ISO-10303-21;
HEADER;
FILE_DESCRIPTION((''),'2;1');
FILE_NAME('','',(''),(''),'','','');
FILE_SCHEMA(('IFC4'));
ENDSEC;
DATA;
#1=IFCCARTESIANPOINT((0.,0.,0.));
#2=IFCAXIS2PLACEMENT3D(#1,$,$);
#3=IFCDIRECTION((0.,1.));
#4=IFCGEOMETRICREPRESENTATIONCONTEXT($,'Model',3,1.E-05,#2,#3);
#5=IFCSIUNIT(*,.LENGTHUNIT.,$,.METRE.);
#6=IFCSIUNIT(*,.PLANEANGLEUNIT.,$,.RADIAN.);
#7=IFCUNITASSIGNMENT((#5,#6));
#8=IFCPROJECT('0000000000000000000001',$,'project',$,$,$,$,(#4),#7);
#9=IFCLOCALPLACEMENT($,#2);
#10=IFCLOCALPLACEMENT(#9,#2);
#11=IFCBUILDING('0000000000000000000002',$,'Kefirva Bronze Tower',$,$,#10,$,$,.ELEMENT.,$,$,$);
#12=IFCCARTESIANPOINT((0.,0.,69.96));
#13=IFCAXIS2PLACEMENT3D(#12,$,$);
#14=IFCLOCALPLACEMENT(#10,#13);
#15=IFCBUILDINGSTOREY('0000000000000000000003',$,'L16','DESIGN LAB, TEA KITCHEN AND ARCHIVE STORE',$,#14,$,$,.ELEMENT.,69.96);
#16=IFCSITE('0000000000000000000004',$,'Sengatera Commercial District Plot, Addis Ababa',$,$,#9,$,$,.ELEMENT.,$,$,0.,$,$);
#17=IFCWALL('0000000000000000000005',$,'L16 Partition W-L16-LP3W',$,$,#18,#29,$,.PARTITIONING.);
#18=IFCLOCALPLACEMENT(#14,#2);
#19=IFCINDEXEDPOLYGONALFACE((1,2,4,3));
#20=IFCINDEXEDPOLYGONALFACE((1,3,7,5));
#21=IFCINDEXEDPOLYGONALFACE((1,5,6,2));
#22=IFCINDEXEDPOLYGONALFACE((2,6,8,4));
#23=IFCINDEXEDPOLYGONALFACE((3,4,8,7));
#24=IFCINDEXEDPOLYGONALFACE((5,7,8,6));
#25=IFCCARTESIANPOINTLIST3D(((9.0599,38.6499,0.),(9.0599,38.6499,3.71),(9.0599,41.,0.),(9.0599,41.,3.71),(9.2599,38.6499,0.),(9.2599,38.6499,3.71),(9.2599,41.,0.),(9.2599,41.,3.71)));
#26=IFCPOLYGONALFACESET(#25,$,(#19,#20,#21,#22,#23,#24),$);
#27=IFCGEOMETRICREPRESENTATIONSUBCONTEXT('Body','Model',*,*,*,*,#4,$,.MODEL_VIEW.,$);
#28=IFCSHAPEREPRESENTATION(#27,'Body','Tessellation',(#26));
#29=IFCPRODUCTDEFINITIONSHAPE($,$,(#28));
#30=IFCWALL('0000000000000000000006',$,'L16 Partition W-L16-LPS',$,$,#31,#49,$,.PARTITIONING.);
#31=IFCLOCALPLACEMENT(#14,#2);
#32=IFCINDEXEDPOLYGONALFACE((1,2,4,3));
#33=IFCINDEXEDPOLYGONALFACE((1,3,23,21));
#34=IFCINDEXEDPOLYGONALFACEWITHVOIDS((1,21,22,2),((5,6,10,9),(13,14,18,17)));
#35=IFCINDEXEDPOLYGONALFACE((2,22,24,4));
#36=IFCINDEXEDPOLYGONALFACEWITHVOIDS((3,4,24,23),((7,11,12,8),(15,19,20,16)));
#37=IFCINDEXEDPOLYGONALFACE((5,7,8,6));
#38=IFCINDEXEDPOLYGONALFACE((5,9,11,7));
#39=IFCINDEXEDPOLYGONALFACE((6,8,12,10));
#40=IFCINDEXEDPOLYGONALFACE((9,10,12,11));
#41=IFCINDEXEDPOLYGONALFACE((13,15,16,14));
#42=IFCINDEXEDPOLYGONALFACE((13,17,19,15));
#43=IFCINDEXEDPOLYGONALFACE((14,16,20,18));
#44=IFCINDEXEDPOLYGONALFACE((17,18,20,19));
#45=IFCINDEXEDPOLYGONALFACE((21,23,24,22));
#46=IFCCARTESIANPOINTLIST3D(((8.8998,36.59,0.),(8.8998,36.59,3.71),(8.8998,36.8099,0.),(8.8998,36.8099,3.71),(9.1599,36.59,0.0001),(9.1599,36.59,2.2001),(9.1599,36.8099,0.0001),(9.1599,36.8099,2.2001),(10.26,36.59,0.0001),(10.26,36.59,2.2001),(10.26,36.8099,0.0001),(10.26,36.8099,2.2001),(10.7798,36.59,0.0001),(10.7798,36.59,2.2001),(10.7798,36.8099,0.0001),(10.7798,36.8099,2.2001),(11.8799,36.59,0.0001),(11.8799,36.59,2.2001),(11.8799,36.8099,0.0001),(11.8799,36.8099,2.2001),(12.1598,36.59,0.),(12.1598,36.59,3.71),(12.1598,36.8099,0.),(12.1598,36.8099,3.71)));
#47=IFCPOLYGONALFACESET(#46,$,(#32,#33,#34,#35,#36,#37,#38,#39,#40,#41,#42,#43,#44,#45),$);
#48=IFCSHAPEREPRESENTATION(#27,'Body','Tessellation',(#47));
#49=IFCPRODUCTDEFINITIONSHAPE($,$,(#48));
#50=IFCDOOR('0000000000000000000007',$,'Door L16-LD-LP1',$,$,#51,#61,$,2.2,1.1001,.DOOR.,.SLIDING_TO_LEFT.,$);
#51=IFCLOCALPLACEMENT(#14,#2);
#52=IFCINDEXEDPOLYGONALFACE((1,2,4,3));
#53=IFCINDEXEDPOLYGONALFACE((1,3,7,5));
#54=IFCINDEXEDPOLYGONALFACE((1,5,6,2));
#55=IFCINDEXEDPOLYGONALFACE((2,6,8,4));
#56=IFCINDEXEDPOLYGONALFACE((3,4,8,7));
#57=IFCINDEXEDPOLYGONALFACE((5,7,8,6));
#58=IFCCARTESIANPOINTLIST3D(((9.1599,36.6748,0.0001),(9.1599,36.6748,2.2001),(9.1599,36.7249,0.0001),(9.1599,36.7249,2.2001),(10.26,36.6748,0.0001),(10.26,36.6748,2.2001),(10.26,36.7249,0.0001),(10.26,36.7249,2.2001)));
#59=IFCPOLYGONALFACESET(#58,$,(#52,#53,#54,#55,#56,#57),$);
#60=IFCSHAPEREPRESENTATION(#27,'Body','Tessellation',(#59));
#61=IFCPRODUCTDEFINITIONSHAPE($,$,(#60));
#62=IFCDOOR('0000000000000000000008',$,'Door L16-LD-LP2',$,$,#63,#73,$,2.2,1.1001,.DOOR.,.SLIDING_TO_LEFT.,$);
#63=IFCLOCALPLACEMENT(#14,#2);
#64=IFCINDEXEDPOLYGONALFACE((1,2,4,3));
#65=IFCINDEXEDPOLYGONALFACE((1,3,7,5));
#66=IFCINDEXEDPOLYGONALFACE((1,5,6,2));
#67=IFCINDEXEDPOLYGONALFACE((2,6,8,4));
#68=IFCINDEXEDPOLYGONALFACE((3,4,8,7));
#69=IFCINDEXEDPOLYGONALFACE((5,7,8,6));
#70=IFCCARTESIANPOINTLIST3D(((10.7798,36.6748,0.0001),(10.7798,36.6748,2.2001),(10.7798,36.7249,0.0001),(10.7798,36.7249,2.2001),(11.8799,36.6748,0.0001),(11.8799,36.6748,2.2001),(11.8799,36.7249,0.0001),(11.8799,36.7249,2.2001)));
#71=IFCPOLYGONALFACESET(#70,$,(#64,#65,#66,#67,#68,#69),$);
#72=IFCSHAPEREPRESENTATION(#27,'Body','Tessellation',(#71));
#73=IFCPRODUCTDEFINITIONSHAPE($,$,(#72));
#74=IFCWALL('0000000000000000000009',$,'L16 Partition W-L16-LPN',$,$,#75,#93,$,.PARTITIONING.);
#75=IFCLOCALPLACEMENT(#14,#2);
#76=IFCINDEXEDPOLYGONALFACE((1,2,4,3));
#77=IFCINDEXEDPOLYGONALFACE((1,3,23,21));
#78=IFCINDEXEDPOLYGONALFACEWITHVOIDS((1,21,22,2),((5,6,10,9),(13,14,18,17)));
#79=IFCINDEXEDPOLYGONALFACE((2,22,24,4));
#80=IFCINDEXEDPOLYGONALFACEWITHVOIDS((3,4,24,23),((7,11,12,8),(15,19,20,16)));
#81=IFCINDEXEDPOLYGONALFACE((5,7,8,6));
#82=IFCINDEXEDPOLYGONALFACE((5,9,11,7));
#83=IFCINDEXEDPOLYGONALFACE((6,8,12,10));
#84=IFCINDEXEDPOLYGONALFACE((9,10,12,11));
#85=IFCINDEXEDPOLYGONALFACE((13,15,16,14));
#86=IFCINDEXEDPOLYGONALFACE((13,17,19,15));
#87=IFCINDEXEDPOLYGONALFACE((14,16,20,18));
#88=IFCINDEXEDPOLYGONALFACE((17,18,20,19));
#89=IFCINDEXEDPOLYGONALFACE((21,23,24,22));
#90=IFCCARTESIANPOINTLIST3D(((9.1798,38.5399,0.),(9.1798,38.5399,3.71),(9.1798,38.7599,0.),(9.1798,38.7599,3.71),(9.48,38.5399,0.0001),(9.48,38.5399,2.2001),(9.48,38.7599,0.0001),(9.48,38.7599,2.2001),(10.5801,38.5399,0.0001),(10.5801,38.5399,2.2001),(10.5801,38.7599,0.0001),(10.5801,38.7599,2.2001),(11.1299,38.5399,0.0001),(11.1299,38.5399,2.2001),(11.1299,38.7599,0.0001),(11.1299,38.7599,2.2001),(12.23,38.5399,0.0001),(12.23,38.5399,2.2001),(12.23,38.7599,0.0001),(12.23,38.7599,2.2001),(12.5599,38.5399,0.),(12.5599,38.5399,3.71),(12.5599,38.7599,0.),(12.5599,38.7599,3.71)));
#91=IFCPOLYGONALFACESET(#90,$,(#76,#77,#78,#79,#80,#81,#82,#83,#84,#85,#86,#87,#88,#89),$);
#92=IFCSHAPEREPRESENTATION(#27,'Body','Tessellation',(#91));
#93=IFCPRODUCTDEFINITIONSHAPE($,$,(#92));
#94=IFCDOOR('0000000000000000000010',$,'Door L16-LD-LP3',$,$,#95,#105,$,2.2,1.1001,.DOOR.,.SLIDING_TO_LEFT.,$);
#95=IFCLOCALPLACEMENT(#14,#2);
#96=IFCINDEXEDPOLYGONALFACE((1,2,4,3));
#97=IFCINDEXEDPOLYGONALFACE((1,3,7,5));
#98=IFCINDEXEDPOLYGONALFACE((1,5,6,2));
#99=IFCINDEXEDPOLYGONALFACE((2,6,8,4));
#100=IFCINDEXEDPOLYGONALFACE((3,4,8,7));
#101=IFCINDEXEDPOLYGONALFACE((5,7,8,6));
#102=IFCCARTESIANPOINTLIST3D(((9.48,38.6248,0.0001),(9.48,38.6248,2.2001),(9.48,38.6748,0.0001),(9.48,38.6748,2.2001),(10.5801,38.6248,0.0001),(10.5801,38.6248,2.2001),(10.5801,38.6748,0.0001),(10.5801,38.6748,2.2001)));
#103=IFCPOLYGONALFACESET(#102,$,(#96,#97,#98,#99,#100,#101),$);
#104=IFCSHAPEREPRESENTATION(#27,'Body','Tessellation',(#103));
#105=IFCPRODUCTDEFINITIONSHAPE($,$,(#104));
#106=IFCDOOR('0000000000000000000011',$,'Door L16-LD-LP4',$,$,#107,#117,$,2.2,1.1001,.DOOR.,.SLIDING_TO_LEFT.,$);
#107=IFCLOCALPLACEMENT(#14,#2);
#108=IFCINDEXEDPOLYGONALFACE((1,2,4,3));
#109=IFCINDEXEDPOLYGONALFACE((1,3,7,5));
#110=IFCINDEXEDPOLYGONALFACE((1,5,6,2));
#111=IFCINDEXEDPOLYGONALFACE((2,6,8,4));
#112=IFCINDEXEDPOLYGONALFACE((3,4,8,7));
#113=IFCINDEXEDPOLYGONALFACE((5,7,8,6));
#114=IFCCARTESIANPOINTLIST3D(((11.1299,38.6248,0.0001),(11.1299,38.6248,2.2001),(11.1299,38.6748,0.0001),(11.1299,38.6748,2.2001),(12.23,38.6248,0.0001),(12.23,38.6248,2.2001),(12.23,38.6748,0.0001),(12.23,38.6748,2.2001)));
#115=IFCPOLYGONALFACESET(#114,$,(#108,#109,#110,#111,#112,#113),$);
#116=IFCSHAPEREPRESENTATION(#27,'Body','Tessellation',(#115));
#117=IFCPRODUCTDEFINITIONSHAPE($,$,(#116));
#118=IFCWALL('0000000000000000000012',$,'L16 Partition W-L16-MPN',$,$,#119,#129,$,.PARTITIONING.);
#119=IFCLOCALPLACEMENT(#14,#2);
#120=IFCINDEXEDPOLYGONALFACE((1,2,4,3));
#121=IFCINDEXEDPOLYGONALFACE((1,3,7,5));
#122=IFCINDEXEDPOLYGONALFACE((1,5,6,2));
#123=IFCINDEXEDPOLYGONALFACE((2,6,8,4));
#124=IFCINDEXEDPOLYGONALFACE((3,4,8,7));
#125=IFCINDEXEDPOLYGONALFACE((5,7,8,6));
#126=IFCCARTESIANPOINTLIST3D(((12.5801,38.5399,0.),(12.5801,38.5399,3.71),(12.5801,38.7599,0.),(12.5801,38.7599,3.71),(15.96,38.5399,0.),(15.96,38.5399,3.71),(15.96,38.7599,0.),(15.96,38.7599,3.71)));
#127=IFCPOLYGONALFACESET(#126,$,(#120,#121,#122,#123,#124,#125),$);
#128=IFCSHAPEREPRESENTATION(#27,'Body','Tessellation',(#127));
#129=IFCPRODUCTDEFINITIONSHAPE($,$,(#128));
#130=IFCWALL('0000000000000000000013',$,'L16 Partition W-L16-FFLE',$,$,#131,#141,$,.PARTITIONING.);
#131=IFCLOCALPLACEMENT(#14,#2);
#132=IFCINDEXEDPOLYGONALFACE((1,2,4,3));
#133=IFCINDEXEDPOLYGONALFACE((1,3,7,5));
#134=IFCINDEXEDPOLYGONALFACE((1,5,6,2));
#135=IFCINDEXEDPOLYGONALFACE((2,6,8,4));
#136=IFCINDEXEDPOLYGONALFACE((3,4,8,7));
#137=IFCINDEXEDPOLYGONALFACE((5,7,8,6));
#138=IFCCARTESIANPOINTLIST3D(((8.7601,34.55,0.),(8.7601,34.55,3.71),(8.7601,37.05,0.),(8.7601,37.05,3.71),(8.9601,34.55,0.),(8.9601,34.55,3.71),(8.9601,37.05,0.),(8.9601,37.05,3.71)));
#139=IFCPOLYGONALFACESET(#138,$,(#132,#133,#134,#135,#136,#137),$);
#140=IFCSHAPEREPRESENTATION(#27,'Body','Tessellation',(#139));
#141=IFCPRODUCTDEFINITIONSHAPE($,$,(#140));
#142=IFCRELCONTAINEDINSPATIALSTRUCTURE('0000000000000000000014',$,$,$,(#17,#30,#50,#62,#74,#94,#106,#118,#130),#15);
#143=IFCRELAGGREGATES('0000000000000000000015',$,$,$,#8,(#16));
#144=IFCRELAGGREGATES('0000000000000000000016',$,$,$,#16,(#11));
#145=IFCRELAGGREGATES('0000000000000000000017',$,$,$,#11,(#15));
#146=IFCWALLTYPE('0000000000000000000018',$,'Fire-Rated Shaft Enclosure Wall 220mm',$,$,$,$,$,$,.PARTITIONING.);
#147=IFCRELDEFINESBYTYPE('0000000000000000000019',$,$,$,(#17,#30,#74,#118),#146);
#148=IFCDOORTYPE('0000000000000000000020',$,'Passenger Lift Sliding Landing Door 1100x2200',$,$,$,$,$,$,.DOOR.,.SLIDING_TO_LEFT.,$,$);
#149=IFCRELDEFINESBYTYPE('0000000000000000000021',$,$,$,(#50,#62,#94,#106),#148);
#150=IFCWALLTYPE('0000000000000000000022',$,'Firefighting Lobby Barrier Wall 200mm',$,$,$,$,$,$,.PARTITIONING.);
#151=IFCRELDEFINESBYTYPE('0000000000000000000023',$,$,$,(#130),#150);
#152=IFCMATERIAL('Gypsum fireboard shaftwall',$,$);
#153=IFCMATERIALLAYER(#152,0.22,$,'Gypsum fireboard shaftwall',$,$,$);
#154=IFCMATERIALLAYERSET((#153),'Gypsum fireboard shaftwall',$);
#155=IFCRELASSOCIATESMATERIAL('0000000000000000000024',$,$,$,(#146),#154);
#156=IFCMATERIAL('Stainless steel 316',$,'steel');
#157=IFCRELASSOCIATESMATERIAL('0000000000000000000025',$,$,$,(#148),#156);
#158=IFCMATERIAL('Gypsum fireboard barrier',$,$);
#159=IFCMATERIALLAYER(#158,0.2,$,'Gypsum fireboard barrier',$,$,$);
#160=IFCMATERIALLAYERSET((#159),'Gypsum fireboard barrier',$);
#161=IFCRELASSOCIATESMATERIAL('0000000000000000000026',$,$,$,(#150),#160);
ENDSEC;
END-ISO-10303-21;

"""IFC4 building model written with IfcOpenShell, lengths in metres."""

from ifc_helpers import new_model, si_unit, direction, frame, frame_2d, origin, place, context, subcontext, project, spatial, rectangle, extrude, material, layer, layer_set, type_object, element, fill, save


model = new_model("IFC4")

# Units and contexts
model_context = context("Model", 3, precision=1e-05, world=origin(), true_north=direction((0.0, 1.0)))
body_context = subcontext(model_context, "Body", "Model", "MODEL_VIEW")
ifc_project = project(units=[si_unit("LENGTHUNIT", "METRE"), si_unit("PLANEANGLEUNIT", "RADIAN")], contexts=[model_context])

# Site, building, storey
site_placement = place(None, origin())
site = spatial("IfcSite", under=ifc_project, at=site_placement, Name="Sengatera Commercial District Plot, Addis Ababa", CompositionType="ELEMENT", RefElevation=0.0)
building_placement = place(site_placement, origin())
building = spatial("IfcBuilding", under=site, at=building_placement, Name="Kefirva Bronze Tower", CompositionType="ELEMENT")
storey_placement = place(building_placement, frame((0.0, 0.0, 69.96)))
storey = spatial("IfcBuildingStorey", under=building, at=storey_placement, Name="L16", Description="DESIGN LAB, TEA KITCHEN AND ARCHIVE STORE", CompositionType="ELEMENT", Elevation=69.96)

# Shared definitions
ifc_material_1 = material(Name="Gypsum fireboard shaftwall")
ifc_layer_1 = layer(ifc_material_1, 0.22, Name="Gypsum fireboard shaftwall")
ifc_layer_set_1 = layer_set([ifc_layer_1], Name="Gypsum fireboard shaftwall")
wall_type_1 = type_object("IfcWallType", Name="Fire-Rated Shaft Enclosure Wall 220mm", PredefinedType="PARTITIONING", material=ifc_layer_set_1)
ifc_material_2 = material(Name="Stainless steel 316", Category="steel")

# Wall
wall_1_placement = place(storey_placement, frame((9.1599, 38.6499, 0.0), z_axis=(0.0, 0.0, 1.0), x_axis=(0.0, 1.0, 0.0)))
element("IfcWall", 1, at=wall_1_placement, inside=storey, type_object=wall_type_1, Name="L16 Partition W-L16-LP3W", PredefinedType="PARTITIONING", context=body_context, shape_type="SweptSolid", body=[
    extrude(rectangle(XDim=2.3501, YDim=0.2, at=frame_2d((1.175, 0.0))), origin(), (0.0, 0.0, 1.0), 3.71),
])

# Walls, openings, doors
wall_2_placement = place(storey_placement, frame((8.8999, 36.7, 0.0), z_axis=(0.0, 0.0, 1.0), x_axis=(1.0, 0.0, 0.0)))
wall_2 = element("IfcWall", 2, at=wall_2_placement, inside=storey, type_object=wall_type_1, Name="L16 Partition W-L16-LPS", PredefinedType="PARTITIONING", context=body_context, shape_type="SweptSolid", body=[
    extrude(rectangle(XDim=3.26, YDim=0.22, at=frame_2d((1.6299, 0.0))), origin(), (0.0, 0.0, 1.0), 3.71),
])
opening_1_placement = place(wall_2_placement, frame((0.26, 0.0, 0.0)))
opening_1 = element("IfcOpeningElement", 3, at=opening_1_placement, cuts=wall_2, PredefinedType="OPENING", context=body_context, shape_type="SweptSolid", body=[
    extrude(rectangle(XDim=1.1001, YDim=2.2, at=frame_2d((0.55, 1.1001))), frame((0.0, 0.1201, 0.0), z_axis=(0.0, -1.0, 0.0), x_axis=(1.0, 0.0, 0.0)), (0.0, 0.0, 1.0), 0.24),
])
opening_2_placement = place(wall_2_placement, frame((1.8799, 0.0, 0.0)))
opening_2 = element("IfcOpeningElement", 4, at=opening_2_placement, cuts=wall_2, PredefinedType="OPENING", context=body_context, shape_type="SweptSolid", body=[
    extrude(rectangle(XDim=1.1001, YDim=2.2, at=frame_2d((0.55, 1.1001))), frame((0.0, 0.1201, 0.0), z_axis=(0.0, -1.0, 0.0), x_axis=(1.0, 0.0, 0.0)), (0.0, 0.0, 1.0), 0.24),
])
door_type_1 = type_object("IfcDoorType", Name="Passenger Lift Sliding Landing Door 1100x2200", OperationType="SLIDING_TO_LEFT", PredefinedType="DOOR", material=ifc_material_2)
door_1_placement = place(opening_1_placement, origin())
door_1 = element("IfcDoor", 5, at=door_1_placement, inside=storey, type_object=door_type_1, Name="Door L16-LD-LP1", OperationType="SLIDING_TO_LEFT", OverallHeight=2.2, OverallWidth=1.1001, PredefinedType="DOOR", context=body_context, shape_type="SweptSolid", body=[
    extrude(rectangle(XDim=1.1001, YDim=2.2, at=frame_2d((0.55, 1.1001))), frame((0.0, 0.0249, 0.0), z_axis=(0.0, -1.0, 0.0), x_axis=(1.0, 0.0, 0.0)), (0.0, 0.0, 1.0), 0.05),
])
fill(opening_1, door_1)
door_2_placement = place(opening_2_placement, origin())
door_2 = element("IfcDoor", 6, at=door_2_placement, inside=storey, type_object=door_type_1, Name="Door L16-LD-LP2", OperationType="SLIDING_TO_LEFT", OverallHeight=2.2, OverallWidth=1.1001, PredefinedType="DOOR", context=body_context, shape_type="SweptSolid", body=[
    extrude(rectangle(XDim=1.1001, YDim=2.2, at=frame_2d((0.55, 1.1001))), frame((0.0, 0.0249, 0.0), z_axis=(0.0, -1.0, 0.0), x_axis=(1.0, 0.0, 0.0)), (0.0, 0.0, 1.0), 0.05),
])
fill(opening_2, door_2)
wall_3_placement = place(storey_placement, frame((9.1799, 38.6499, 0.0), z_axis=(0.0, 0.0, 1.0), x_axis=(1.0, 0.0, 0.0)))
wall_3 = element("IfcWall", 7, at=wall_3_placement, inside=storey, type_object=wall_type_1, Name="L16 Partition W-L16-LPN", PredefinedType="PARTITIONING", context=body_context, shape_type="SweptSolid", body=[
    extrude(rectangle(XDim=3.3801, YDim=0.22, at=frame_2d((1.6899, 0.0))), origin(), (0.0, 0.0, 1.0), 3.71),
])
opening_3_placement = place(wall_3_placement, frame((0.3, 0.0, 0.0)))
opening_3 = element("IfcOpeningElement", 8, at=opening_3_placement, cuts=wall_3, PredefinedType="OPENING", context=body_context, shape_type="SweptSolid", body=[
    extrude(rectangle(XDim=1.1001, YDim=2.2, at=frame_2d((0.55, 1.1001))), frame((0.0, 0.1201, 0.0), z_axis=(0.0, -1.0, 0.0), x_axis=(1.0, 0.0, 0.0)), (0.0, 0.0, 1.0), 0.24),
])
opening_4_placement = place(wall_3_placement, frame((1.95, 0.0, 0.0)))
opening_4 = element("IfcOpeningElement", 9, at=opening_4_placement, cuts=wall_3, PredefinedType="OPENING", context=body_context, shape_type="SweptSolid", body=[
    extrude(rectangle(XDim=1.1001, YDim=2.2, at=frame_2d((0.55, 1.1001))), frame((0.0, 0.1201, 0.0), z_axis=(0.0, -1.0, 0.0), x_axis=(1.0, 0.0, 0.0)), (0.0, 0.0, 1.0), 0.24),
])
door_3_placement = place(opening_3_placement, origin())
door_3 = element("IfcDoor", 10, at=door_3_placement, inside=storey, type_object=door_type_1, Name="Door L16-LD-LP3", OperationType="SLIDING_TO_LEFT", OverallHeight=2.2, OverallWidth=1.1001, PredefinedType="DOOR", context=body_context, shape_type="SweptSolid", body=[
    extrude(rectangle(XDim=1.1001, YDim=2.2, at=frame_2d((0.55, 1.1001))), frame((0.0, 0.0249, 0.0), z_axis=(0.0, -1.0, 0.0), x_axis=(1.0, 0.0, 0.0)), (0.0, 0.0, 1.0), 0.05),
])
fill(opening_3, door_3)
door_4_placement = place(opening_4_placement, origin())
door_4 = element("IfcDoor", 11, at=door_4_placement, inside=storey, type_object=door_type_1, Name="Door L16-LD-LP4", OperationType="SLIDING_TO_LEFT", OverallHeight=2.2, OverallWidth=1.1001, PredefinedType="DOOR", context=body_context, shape_type="SweptSolid", body=[
    extrude(rectangle(XDim=1.1001, YDim=2.2, at=frame_2d((0.55, 1.1001))), frame((0.0, 0.0249, 0.0), z_axis=(0.0, -1.0, 0.0), x_axis=(1.0, 0.0, 0.0)), (0.0, 0.0, 1.0), 0.05),
])
fill(opening_4, door_4)

# Walls
wall_4_placement = place(storey_placement, frame((12.5801, 38.6499, 0.0), z_axis=(0.0, 0.0, 1.0), x_axis=(1.0, 0.0, 0.0)))
element("IfcWall", 12, at=wall_4_placement, inside=storey, type_object=wall_type_1, Name="L16 Partition W-L16-MPN", PredefinedType="PARTITIONING", context=body_context, shape_type="SweptSolid", body=[
    extrude(rectangle(XDim=3.3799, YDim=0.22, at=frame_2d((1.6899, 0.0))), origin(), (0.0, 0.0, 1.0), 3.71),
])
ifc_material_3 = material(Name="Gypsum fireboard barrier")
ifc_layer_2 = layer(ifc_material_3, 0.2, Name="Gypsum fireboard barrier")
ifc_layer_set_2 = layer_set([ifc_layer_2], Name="Gypsum fireboard barrier")
wall_type_2 = type_object("IfcWallType", Name="Firefighting Lobby Barrier Wall 200mm", PredefinedType="PARTITIONING", material=ifc_layer_set_2)
wall_5_placement = place(storey_placement, frame((8.8601, 34.55, 0.0), z_axis=(0.0, 0.0, 1.0), x_axis=(0.0, 1.0, 0.0)))
element("IfcWall", 13, at=wall_5_placement, inside=storey, type_object=wall_type_2, Name="L16 Partition W-L16-FFLE", PredefinedType="PARTITIONING", context=body_context, shape_type="SweptSolid", body=[
    extrude(rectangle(XDim=2.5, YDim=0.2, at=frame_2d((1.25, 0.0))), origin(), (0.0, 0.0, 1.0), 3.71),
])

save(model, "model.ifc")
